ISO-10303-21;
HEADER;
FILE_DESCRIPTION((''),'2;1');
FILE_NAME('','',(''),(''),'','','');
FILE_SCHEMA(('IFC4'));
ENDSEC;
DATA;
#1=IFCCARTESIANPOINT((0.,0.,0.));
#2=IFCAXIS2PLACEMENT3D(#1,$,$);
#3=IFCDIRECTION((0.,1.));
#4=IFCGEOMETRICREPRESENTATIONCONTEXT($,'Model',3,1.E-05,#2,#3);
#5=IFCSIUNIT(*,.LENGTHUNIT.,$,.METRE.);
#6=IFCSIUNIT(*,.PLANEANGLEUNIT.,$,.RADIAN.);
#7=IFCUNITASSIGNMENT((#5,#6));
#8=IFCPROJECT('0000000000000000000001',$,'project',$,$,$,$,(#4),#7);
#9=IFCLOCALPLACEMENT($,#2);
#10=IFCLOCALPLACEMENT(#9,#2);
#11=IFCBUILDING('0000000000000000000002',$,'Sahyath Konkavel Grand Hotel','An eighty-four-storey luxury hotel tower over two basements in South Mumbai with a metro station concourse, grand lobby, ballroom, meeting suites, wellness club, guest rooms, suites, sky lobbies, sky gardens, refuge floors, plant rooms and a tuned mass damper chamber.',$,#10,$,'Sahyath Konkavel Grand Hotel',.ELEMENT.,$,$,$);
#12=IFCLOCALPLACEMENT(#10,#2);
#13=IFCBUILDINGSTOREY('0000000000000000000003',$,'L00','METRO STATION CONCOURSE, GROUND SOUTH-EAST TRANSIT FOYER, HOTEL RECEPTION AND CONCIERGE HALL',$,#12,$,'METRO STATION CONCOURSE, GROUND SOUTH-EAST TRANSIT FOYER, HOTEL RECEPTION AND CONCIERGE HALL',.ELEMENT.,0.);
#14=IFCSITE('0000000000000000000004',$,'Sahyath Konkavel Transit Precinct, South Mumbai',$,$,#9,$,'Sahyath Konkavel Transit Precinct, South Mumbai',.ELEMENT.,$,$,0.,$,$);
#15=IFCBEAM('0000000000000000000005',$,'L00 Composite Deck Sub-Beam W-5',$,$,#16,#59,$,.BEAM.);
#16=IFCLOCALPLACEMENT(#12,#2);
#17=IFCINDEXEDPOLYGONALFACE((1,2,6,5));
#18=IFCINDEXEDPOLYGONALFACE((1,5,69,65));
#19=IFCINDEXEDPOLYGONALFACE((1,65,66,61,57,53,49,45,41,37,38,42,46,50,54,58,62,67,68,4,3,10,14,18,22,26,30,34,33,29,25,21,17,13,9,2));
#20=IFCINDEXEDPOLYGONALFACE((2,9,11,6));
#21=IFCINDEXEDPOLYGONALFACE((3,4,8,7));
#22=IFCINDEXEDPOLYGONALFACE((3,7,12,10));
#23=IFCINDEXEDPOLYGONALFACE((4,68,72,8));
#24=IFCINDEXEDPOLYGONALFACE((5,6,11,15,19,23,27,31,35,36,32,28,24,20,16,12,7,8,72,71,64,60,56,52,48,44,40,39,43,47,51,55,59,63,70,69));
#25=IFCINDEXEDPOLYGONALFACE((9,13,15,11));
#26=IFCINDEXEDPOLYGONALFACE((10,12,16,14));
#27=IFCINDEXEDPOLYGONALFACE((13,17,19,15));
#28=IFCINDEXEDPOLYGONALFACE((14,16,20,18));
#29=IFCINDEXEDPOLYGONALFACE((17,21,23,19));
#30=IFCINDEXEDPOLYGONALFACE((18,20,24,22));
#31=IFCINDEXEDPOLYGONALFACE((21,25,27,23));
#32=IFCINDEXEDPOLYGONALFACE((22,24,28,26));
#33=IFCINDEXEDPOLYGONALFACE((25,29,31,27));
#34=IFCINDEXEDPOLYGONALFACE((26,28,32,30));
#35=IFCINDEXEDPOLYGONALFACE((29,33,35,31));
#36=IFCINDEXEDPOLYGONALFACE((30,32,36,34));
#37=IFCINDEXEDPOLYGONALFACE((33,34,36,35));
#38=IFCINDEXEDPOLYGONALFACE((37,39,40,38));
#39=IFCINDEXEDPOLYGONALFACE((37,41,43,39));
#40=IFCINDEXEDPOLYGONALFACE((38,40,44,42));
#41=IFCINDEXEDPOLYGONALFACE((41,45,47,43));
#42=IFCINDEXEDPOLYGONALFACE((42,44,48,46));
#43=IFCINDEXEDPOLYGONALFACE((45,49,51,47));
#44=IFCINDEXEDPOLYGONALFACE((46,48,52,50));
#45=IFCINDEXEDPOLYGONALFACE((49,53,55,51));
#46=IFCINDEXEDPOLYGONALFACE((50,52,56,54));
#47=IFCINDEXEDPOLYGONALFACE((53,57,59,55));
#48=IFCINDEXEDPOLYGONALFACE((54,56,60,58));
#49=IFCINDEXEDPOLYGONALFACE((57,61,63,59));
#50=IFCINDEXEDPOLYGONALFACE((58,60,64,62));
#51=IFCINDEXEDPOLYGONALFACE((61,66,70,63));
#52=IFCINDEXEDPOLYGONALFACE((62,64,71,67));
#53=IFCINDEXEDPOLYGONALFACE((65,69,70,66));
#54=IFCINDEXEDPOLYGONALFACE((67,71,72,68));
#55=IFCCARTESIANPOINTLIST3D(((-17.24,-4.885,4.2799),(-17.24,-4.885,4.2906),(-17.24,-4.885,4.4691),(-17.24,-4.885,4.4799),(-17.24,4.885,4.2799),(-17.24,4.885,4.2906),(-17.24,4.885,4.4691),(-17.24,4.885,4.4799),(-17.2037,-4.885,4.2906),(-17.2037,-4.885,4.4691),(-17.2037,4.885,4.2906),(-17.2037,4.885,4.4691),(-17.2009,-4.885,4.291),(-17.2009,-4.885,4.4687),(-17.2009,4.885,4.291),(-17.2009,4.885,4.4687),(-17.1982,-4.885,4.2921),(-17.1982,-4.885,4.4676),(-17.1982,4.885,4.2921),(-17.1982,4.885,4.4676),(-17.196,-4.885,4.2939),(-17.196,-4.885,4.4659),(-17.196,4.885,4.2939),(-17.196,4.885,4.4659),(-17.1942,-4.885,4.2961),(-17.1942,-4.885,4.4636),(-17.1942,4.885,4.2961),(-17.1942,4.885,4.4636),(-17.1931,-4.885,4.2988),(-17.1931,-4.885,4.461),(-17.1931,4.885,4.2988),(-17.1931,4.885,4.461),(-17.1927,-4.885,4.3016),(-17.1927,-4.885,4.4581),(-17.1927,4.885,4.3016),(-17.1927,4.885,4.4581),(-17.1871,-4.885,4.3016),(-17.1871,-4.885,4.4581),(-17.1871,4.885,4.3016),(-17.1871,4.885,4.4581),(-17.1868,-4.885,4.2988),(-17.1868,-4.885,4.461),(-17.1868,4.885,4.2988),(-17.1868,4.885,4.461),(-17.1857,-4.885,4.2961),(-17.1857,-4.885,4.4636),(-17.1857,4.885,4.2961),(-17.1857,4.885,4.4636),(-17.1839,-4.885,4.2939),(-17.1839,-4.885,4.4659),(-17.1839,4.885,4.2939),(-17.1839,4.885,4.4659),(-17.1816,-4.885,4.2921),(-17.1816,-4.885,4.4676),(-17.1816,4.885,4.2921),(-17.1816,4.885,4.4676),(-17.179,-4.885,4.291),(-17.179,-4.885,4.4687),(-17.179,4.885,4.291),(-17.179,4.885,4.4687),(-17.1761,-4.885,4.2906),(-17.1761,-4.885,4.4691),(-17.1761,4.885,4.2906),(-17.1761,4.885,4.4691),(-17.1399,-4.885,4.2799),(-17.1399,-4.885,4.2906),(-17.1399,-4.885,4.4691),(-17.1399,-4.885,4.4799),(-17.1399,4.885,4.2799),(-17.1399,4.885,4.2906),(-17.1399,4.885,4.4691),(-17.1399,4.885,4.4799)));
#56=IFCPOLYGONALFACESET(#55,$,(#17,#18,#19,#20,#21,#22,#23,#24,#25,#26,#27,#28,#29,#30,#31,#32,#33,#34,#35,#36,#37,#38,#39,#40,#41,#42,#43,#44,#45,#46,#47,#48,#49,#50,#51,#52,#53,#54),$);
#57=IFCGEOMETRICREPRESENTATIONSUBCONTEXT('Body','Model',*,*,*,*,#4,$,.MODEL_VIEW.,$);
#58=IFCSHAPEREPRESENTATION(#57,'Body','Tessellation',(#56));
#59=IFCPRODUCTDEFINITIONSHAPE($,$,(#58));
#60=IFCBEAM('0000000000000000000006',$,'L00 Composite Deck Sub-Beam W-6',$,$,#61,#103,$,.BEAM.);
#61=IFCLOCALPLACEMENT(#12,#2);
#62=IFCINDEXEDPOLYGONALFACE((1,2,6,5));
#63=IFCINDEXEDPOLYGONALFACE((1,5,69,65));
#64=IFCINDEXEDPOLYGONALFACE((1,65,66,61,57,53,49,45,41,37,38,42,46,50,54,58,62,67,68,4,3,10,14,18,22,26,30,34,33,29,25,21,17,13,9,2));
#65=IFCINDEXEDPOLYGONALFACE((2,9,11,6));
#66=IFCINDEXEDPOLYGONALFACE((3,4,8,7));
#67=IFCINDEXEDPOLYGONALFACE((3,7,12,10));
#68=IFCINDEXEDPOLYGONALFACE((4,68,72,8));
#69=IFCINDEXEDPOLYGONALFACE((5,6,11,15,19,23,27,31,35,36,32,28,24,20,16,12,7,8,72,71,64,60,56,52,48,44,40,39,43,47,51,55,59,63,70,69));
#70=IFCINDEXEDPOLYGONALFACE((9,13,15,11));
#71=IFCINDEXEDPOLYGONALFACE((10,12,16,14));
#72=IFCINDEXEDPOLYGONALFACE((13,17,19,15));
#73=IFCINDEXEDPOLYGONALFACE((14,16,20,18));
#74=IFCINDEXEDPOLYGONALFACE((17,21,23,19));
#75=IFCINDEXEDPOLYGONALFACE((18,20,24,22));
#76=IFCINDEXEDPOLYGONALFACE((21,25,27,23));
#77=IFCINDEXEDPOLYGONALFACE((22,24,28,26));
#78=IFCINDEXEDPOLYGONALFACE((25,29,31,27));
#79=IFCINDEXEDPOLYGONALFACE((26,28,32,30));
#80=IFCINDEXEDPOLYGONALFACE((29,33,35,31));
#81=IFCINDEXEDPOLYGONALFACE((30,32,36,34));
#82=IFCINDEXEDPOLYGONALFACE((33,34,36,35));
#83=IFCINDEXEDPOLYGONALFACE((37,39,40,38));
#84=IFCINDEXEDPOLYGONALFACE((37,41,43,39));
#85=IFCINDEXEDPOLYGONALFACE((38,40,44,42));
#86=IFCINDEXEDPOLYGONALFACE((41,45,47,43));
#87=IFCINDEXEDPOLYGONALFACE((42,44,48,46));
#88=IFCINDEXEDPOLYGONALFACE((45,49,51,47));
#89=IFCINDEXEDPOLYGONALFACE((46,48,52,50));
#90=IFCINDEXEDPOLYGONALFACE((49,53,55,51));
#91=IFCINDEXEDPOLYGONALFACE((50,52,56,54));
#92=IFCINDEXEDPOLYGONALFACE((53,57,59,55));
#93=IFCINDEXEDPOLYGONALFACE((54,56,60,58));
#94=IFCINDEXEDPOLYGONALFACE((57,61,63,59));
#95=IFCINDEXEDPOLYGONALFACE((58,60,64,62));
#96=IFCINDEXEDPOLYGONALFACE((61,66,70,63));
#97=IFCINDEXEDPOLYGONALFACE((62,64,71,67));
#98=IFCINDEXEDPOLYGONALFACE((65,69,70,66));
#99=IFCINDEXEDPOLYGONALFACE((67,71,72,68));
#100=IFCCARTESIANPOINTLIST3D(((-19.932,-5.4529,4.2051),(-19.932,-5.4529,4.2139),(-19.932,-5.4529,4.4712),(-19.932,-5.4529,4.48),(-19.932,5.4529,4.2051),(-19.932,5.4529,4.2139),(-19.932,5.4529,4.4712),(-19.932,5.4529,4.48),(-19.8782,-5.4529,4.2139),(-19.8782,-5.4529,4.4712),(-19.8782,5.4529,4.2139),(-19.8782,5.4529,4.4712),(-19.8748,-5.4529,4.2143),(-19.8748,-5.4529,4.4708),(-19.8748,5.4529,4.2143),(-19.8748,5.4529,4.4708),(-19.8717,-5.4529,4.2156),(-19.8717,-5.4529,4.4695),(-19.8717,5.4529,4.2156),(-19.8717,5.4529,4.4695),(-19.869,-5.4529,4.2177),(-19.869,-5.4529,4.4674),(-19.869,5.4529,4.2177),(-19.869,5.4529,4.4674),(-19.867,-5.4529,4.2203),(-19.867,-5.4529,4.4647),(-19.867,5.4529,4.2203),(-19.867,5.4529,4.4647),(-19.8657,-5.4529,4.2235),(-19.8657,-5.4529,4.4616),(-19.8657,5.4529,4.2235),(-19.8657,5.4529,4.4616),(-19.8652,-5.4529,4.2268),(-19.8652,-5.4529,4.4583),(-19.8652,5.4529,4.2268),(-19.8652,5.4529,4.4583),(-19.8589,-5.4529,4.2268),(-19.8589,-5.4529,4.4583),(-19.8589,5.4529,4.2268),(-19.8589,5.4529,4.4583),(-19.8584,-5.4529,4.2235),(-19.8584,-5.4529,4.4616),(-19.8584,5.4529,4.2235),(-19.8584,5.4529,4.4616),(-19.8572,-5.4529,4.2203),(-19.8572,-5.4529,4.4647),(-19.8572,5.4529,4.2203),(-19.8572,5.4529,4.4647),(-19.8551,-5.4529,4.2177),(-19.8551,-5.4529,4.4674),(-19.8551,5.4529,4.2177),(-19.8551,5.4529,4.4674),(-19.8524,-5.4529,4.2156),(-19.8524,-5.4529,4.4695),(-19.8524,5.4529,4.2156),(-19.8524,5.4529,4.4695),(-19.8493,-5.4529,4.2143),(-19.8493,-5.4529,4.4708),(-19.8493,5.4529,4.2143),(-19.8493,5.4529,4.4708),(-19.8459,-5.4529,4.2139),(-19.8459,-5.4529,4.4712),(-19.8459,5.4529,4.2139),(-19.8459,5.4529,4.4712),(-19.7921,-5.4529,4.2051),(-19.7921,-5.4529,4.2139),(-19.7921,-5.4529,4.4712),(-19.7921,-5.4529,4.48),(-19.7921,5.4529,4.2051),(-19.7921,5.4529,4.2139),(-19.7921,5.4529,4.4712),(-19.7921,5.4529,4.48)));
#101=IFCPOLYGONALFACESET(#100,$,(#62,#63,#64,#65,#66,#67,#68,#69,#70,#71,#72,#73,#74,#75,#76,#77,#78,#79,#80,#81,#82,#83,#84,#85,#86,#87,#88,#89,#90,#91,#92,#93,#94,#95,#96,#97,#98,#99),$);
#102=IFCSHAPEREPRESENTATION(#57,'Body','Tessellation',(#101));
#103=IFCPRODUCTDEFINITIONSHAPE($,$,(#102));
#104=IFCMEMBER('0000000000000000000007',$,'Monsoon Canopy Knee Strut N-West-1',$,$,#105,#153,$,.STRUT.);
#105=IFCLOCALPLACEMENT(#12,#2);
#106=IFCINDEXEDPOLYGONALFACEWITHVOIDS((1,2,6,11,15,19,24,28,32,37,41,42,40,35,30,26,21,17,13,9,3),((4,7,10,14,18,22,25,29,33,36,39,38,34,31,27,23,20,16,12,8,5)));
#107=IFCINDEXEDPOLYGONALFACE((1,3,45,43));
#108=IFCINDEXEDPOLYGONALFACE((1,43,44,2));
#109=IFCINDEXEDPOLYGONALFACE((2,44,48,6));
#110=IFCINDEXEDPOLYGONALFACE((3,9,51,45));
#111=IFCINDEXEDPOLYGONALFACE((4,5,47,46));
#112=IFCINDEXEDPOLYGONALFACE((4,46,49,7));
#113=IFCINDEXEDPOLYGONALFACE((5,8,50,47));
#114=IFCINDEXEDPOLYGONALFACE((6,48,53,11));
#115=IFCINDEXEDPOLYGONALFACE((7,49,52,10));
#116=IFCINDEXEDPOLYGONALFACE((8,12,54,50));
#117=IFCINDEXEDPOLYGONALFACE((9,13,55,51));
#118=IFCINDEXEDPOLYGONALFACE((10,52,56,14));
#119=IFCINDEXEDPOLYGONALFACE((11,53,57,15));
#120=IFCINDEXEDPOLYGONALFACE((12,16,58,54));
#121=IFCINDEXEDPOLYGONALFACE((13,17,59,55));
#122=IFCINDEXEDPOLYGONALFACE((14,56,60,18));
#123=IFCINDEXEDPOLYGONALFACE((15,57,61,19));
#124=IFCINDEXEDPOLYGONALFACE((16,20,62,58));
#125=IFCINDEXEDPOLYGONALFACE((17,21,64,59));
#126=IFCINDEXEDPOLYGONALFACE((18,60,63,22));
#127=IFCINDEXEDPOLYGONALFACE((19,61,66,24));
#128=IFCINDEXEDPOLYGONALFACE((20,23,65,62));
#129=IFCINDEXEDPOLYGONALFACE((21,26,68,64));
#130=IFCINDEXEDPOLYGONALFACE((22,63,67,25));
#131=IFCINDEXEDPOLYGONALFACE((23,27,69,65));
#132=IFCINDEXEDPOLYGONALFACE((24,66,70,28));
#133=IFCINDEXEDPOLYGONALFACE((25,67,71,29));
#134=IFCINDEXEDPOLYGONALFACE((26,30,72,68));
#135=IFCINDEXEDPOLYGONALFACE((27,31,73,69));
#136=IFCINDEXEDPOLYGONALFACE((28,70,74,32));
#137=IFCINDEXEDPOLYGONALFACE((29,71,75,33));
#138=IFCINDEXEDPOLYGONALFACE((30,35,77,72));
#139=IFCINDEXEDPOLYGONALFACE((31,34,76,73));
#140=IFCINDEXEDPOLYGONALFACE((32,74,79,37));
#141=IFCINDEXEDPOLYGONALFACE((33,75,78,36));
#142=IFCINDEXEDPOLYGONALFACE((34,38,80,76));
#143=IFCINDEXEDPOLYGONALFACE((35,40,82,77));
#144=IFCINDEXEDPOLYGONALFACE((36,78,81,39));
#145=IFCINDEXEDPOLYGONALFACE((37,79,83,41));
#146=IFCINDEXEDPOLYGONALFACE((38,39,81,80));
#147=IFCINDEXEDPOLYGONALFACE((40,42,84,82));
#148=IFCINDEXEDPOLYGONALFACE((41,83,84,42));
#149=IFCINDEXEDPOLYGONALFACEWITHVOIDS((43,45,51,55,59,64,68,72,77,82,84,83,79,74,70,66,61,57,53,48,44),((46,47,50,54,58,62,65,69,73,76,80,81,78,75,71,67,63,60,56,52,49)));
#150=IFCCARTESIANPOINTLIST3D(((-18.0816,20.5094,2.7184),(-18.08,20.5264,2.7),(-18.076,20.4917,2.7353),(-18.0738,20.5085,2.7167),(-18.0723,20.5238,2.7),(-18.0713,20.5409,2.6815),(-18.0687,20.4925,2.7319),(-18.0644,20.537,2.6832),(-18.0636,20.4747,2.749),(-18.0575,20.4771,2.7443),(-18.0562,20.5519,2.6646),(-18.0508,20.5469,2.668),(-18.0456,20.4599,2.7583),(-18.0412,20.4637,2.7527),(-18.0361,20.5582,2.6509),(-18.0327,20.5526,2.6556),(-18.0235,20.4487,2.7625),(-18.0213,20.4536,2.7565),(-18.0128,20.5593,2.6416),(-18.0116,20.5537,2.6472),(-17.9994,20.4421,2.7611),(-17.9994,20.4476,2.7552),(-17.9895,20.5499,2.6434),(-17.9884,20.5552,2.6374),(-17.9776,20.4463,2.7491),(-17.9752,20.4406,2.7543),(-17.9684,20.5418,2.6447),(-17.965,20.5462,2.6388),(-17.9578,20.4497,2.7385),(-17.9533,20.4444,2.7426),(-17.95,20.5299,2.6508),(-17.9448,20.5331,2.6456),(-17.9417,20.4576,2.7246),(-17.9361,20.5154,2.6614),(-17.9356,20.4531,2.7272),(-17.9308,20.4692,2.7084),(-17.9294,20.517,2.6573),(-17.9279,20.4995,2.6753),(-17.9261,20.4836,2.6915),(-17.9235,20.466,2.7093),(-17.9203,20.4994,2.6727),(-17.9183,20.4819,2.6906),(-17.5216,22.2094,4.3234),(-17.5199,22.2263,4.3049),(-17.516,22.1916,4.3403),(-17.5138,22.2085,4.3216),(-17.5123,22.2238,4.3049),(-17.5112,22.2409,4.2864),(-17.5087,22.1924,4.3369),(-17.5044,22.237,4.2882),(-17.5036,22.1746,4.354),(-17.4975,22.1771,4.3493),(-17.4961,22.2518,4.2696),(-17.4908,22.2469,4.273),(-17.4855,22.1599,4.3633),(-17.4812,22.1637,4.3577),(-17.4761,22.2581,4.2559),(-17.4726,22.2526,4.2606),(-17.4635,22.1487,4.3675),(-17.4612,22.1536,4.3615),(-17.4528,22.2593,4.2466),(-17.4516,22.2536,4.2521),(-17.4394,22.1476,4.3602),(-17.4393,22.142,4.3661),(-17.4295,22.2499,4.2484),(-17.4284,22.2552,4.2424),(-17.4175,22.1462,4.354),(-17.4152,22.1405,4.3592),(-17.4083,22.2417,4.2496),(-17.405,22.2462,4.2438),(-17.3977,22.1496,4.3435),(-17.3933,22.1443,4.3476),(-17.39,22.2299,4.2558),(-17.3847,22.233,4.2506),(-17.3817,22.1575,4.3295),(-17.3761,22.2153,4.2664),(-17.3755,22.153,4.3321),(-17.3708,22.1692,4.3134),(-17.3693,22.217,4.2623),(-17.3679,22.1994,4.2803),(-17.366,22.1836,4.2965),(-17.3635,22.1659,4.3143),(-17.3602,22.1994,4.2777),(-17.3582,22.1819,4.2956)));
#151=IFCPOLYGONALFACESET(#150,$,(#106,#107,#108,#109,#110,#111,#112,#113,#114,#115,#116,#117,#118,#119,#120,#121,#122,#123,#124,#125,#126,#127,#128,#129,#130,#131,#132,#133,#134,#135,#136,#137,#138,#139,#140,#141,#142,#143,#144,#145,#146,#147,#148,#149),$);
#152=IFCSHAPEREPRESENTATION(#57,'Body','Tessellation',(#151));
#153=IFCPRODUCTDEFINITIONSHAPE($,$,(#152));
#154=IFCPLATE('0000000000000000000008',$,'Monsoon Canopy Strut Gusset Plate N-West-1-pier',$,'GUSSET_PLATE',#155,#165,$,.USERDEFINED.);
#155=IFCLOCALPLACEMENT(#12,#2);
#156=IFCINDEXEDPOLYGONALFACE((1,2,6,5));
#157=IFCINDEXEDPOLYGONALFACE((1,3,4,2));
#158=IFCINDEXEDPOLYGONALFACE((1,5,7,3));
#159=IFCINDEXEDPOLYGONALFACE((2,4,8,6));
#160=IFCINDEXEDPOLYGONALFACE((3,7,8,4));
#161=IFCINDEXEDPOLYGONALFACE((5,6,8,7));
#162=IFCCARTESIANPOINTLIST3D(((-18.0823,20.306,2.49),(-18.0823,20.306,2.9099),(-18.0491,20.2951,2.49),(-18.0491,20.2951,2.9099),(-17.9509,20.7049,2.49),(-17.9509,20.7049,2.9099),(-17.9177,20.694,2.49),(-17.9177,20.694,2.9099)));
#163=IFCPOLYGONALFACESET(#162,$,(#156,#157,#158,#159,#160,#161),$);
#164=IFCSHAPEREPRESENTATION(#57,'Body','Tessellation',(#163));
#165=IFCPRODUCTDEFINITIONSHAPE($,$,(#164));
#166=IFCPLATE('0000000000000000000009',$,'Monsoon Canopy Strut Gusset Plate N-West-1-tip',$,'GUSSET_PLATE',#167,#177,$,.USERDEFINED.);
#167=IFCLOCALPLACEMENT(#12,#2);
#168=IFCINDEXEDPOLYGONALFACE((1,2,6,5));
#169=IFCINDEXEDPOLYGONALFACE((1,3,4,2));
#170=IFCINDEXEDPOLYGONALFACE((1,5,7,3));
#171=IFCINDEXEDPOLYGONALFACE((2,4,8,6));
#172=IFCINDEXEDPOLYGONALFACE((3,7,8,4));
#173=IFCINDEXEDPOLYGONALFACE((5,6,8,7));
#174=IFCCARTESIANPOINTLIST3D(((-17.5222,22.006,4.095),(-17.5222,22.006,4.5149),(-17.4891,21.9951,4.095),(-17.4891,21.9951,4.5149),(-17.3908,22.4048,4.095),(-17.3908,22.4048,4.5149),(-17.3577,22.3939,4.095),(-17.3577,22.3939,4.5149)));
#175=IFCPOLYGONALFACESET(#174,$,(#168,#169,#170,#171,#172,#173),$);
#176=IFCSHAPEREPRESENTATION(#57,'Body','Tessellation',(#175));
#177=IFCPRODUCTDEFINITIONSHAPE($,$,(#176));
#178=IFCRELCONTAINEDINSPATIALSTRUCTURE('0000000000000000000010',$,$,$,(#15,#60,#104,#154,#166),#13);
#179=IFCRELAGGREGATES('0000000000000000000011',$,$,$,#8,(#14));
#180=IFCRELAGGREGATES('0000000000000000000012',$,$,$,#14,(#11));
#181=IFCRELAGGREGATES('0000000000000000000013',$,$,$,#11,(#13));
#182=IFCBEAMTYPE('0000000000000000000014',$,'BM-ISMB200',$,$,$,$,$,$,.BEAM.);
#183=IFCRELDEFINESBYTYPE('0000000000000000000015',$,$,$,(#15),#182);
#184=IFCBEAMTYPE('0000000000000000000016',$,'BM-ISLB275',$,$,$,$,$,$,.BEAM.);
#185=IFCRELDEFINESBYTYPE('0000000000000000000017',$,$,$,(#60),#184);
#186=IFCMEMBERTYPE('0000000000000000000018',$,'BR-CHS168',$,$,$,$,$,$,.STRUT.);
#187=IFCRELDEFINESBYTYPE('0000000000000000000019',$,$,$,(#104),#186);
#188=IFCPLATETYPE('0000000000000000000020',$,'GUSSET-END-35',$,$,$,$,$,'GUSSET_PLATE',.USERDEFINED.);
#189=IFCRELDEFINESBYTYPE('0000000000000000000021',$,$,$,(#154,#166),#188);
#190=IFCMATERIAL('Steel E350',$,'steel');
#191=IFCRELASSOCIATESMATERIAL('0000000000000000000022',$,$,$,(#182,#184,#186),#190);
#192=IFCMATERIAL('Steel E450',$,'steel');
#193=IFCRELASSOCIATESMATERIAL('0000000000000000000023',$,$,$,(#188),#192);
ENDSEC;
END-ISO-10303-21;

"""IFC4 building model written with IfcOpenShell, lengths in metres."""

from ifc_helpers import new_model, si_unit, direction, frame, origin, origin_2d, place, context, subcontext, project, spatial, rectangle, hollow_circle, i_section, extrude, source, transform, mapped, material, material_profile, profile_set, type_object, element, save


model = new_model("IFC4")

# Units and contexts
model_context = context("Model", 3, precision=1e-05, world=origin(), true_north=direction((0.0, 1.0)))
body_context = subcontext(model_context, "Body", "Model", "MODEL_VIEW")
ifc_project = project(units=[si_unit("LENGTHUNIT", "METRE"), si_unit("PLANEANGLEUNIT", "RADIAN")], contexts=[model_context])

# Site, building, storey
site_placement = place(None, origin())
site = spatial("IfcSite", under=ifc_project, at=site_placement, Name="Sahyath Konkavel Transit Precinct, South Mumbai", LongName="Sahyath Konkavel Transit Precinct, South Mumbai", CompositionType="ELEMENT", RefElevation=0.0)
building_placement = place(site_placement, origin())
building = spatial("IfcBuilding", under=site, at=building_placement, Name="Sahyath Konkavel Grand Hotel", Description="An eighty-four-storey luxury hotel tower over two basements in South Mumbai with a metro station concourse, grand lobby, ballroom, meeting suites, wellness club, guest rooms, suites, sky lobbies, sky gardens, refuge floors, plant rooms and a tuned mass damper chamber.", LongName="Sahyath Konkavel Grand Hotel", CompositionType="ELEMENT")
storey_placement = place(building_placement, origin())
storey = spatial("IfcBuildingStorey", under=building, at=storey_placement, Name="L00", Description="METRO STATION CONCOURSE, GROUND SOUTH-EAST TRANSIT FOYER, HOTEL RECEPTION AND CONCIERGE HALL", LongName="METRO STATION CONCOURSE, GROUND SOUTH-EAST TRANSIT FOYER, HOTEL RECEPTION AND CONCIERGE HALL", CompositionType="ELEMENT", Elevation=0.0)

# Shared definitions
ifc_material_1 = material(Name="Steel E350", Category="steel")

# Beams
ifc_material_profile_1 = material_profile(ifc_material_1, i_section(OverallWidth=0.1001, OverallDepth=0.2, WebThickness=0.0056, FlangeThickness=0.0107, FilletRadius=0.011, at=origin_2d()), Name="ISMB 200")
ifc_profile_set_1 = profile_set([ifc_material_profile_1], Name="Steel E350")
beam_type_1 = type_object("IfcBeamType", Name="BM-ISMB200", PredefinedType="BEAM", material=ifc_profile_set_1)
shared_shape_1 = source(origin(), body_context, "Body", "SweptSolid", [
    extrude(i_section(OverallWidth=0.1001, OverallDepth=0.2, WebThickness=0.0056, FlangeThickness=0.0107, FilletRadius=0.011, at=origin_2d()), origin(), (0.0, 0.0, 1.0), 9.77),
])
beam_1_placement = place(storey_placement, frame((-17.1899, 4.885, 4.3799), z_axis=(0.0, -1.0, 0.0), x_axis=(1.0, 0.0, 0.0)))
element("IfcBeam", 1, at=beam_1_placement, inside=storey, type_object=beam_type_1, Name="L00 Composite Deck Sub-Beam W-5", PredefinedType="BEAM", context=body_context, shape_type="MappedRepresentation", body=[
    mapped(shared_shape_1, transform((0.0, 0.0, 0.0), scale=1.0)),
])
ifc_material_profile_2 = material_profile(ifc_material_1, i_section(OverallWidth=0.1399, OverallDepth=0.2749, WebThickness=0.0063, FlangeThickness=0.0088, FilletRadius=0.0129, at=origin_2d()), Name="ISLB 275")
ifc_profile_set_2 = profile_set([ifc_material_profile_2], Name="Steel E350")
beam_type_2 = type_object("IfcBeamType", Name="BM-ISLB275", PredefinedType="BEAM", material=ifc_profile_set_2)
shared_shape_2 = source(origin(), body_context, "Body", "SweptSolid", [
    extrude(i_section(OverallWidth=0.1399, OverallDepth=0.2749, WebThickness=0.0063, FlangeThickness=0.0088, FilletRadius=0.0129, at=origin_2d()), origin(), (0.0, 0.0, 1.0), 10.9058),
])
beam_2_placement = place(storey_placement, frame((-19.8621, 5.4529, 4.3425), z_axis=(0.0, -1.0, 0.0), x_axis=(1.0, 0.0, 0.0)))
element("IfcBeam", 2, at=beam_2_placement, inside=storey, type_object=beam_type_2, Name="L00 Composite Deck Sub-Beam W-6", PredefinedType="BEAM", context=body_context, shape_type="MappedRepresentation", body=[
    mapped(shared_shape_2, transform((0.0, 0.0, 0.0), scale=1.0)),
])

# Member
ifc_material_profile_3 = material_profile(ifc_material_1, hollow_circle(Radius=0.0842, WallThickness=0.0081, at=origin_2d()), Name="CHS 168.3x8")
ifc_profile_set_3 = profile_set([ifc_material_profile_3], Name="Steel E350")
member_type = type_object("IfcMemberType", Name="BR-CHS168", PredefinedType="STRUT", material=ifc_profile_set_3)
shared_shape_3 = source(origin(), body_context, "Body", "SweptSolid", [
    extrude(hollow_circle(Radius=0.0842, WallThickness=0.0081, at=origin_2d()), origin(), (0.0, 0.0, 1.0), 2.4041),
])
member_placement = place(storey_placement, frame((-18.0, 20.5, 2.7), z_axis=(0.232965, 0.707119, 0.667615), x_axis=(-0.949782, 0.312911, 0.0)))
element("IfcMember", 3, at=member_placement, inside=storey, type_object=member_type, Name="Monsoon Canopy Knee Strut N-West-1", PredefinedType="STRUT", context=body_context, shape_type="MappedRepresentation", body=[
    mapped(shared_shape_3, transform((0.0, 0.0, 0.0), scale=1.0)),
])

# Plates
ifc_material_2 = material(Name="Steel E450", Category="steel")
plate_type = type_object("IfcPlateType", Name="GUSSET-END-35", ElementType="GUSSET_PLATE", PredefinedType="USERDEFINED", material=ifc_material_2)
shared_shape_4 = source(origin(), body_context, "Body", "SweptSolid", [
    extrude(rectangle(XDim=0.4199, YDim=0.0349, at=origin_2d()), origin(), (0.0, 0.0, 1.0), 0.4199),
])
for number, where, z_axis, x_axis, name in (
    (4, (-18.0, 20.5, 2.49), (0.0, 0.0, 1.0), (0.312865, 0.949797, 0.0), "Monsoon Canopy Strut Gusset Plate N-West-1-pier"),
    (5, (-17.4399, 22.2, 4.095), (0.0, 0.0, 1.0), (0.312865, 0.949797, 0.0), "Monsoon Canopy Strut Gusset Plate N-West-1-tip"),
):
    element("IfcPlate", number, at=place(storey_placement, frame(where, z_axis=z_axis, x_axis=x_axis)), inside=storey, type_object=plate_type, Name=name, ObjectType="GUSSET_PLATE", PredefinedType="USERDEFINED", context=body_context, shape_type="MappedRepresentation", body=[
        mapped(shared_shape_4, transform((0.0, 0.0, 0.0), scale=1.0)),
    ])

save(model, "model.ifc")
